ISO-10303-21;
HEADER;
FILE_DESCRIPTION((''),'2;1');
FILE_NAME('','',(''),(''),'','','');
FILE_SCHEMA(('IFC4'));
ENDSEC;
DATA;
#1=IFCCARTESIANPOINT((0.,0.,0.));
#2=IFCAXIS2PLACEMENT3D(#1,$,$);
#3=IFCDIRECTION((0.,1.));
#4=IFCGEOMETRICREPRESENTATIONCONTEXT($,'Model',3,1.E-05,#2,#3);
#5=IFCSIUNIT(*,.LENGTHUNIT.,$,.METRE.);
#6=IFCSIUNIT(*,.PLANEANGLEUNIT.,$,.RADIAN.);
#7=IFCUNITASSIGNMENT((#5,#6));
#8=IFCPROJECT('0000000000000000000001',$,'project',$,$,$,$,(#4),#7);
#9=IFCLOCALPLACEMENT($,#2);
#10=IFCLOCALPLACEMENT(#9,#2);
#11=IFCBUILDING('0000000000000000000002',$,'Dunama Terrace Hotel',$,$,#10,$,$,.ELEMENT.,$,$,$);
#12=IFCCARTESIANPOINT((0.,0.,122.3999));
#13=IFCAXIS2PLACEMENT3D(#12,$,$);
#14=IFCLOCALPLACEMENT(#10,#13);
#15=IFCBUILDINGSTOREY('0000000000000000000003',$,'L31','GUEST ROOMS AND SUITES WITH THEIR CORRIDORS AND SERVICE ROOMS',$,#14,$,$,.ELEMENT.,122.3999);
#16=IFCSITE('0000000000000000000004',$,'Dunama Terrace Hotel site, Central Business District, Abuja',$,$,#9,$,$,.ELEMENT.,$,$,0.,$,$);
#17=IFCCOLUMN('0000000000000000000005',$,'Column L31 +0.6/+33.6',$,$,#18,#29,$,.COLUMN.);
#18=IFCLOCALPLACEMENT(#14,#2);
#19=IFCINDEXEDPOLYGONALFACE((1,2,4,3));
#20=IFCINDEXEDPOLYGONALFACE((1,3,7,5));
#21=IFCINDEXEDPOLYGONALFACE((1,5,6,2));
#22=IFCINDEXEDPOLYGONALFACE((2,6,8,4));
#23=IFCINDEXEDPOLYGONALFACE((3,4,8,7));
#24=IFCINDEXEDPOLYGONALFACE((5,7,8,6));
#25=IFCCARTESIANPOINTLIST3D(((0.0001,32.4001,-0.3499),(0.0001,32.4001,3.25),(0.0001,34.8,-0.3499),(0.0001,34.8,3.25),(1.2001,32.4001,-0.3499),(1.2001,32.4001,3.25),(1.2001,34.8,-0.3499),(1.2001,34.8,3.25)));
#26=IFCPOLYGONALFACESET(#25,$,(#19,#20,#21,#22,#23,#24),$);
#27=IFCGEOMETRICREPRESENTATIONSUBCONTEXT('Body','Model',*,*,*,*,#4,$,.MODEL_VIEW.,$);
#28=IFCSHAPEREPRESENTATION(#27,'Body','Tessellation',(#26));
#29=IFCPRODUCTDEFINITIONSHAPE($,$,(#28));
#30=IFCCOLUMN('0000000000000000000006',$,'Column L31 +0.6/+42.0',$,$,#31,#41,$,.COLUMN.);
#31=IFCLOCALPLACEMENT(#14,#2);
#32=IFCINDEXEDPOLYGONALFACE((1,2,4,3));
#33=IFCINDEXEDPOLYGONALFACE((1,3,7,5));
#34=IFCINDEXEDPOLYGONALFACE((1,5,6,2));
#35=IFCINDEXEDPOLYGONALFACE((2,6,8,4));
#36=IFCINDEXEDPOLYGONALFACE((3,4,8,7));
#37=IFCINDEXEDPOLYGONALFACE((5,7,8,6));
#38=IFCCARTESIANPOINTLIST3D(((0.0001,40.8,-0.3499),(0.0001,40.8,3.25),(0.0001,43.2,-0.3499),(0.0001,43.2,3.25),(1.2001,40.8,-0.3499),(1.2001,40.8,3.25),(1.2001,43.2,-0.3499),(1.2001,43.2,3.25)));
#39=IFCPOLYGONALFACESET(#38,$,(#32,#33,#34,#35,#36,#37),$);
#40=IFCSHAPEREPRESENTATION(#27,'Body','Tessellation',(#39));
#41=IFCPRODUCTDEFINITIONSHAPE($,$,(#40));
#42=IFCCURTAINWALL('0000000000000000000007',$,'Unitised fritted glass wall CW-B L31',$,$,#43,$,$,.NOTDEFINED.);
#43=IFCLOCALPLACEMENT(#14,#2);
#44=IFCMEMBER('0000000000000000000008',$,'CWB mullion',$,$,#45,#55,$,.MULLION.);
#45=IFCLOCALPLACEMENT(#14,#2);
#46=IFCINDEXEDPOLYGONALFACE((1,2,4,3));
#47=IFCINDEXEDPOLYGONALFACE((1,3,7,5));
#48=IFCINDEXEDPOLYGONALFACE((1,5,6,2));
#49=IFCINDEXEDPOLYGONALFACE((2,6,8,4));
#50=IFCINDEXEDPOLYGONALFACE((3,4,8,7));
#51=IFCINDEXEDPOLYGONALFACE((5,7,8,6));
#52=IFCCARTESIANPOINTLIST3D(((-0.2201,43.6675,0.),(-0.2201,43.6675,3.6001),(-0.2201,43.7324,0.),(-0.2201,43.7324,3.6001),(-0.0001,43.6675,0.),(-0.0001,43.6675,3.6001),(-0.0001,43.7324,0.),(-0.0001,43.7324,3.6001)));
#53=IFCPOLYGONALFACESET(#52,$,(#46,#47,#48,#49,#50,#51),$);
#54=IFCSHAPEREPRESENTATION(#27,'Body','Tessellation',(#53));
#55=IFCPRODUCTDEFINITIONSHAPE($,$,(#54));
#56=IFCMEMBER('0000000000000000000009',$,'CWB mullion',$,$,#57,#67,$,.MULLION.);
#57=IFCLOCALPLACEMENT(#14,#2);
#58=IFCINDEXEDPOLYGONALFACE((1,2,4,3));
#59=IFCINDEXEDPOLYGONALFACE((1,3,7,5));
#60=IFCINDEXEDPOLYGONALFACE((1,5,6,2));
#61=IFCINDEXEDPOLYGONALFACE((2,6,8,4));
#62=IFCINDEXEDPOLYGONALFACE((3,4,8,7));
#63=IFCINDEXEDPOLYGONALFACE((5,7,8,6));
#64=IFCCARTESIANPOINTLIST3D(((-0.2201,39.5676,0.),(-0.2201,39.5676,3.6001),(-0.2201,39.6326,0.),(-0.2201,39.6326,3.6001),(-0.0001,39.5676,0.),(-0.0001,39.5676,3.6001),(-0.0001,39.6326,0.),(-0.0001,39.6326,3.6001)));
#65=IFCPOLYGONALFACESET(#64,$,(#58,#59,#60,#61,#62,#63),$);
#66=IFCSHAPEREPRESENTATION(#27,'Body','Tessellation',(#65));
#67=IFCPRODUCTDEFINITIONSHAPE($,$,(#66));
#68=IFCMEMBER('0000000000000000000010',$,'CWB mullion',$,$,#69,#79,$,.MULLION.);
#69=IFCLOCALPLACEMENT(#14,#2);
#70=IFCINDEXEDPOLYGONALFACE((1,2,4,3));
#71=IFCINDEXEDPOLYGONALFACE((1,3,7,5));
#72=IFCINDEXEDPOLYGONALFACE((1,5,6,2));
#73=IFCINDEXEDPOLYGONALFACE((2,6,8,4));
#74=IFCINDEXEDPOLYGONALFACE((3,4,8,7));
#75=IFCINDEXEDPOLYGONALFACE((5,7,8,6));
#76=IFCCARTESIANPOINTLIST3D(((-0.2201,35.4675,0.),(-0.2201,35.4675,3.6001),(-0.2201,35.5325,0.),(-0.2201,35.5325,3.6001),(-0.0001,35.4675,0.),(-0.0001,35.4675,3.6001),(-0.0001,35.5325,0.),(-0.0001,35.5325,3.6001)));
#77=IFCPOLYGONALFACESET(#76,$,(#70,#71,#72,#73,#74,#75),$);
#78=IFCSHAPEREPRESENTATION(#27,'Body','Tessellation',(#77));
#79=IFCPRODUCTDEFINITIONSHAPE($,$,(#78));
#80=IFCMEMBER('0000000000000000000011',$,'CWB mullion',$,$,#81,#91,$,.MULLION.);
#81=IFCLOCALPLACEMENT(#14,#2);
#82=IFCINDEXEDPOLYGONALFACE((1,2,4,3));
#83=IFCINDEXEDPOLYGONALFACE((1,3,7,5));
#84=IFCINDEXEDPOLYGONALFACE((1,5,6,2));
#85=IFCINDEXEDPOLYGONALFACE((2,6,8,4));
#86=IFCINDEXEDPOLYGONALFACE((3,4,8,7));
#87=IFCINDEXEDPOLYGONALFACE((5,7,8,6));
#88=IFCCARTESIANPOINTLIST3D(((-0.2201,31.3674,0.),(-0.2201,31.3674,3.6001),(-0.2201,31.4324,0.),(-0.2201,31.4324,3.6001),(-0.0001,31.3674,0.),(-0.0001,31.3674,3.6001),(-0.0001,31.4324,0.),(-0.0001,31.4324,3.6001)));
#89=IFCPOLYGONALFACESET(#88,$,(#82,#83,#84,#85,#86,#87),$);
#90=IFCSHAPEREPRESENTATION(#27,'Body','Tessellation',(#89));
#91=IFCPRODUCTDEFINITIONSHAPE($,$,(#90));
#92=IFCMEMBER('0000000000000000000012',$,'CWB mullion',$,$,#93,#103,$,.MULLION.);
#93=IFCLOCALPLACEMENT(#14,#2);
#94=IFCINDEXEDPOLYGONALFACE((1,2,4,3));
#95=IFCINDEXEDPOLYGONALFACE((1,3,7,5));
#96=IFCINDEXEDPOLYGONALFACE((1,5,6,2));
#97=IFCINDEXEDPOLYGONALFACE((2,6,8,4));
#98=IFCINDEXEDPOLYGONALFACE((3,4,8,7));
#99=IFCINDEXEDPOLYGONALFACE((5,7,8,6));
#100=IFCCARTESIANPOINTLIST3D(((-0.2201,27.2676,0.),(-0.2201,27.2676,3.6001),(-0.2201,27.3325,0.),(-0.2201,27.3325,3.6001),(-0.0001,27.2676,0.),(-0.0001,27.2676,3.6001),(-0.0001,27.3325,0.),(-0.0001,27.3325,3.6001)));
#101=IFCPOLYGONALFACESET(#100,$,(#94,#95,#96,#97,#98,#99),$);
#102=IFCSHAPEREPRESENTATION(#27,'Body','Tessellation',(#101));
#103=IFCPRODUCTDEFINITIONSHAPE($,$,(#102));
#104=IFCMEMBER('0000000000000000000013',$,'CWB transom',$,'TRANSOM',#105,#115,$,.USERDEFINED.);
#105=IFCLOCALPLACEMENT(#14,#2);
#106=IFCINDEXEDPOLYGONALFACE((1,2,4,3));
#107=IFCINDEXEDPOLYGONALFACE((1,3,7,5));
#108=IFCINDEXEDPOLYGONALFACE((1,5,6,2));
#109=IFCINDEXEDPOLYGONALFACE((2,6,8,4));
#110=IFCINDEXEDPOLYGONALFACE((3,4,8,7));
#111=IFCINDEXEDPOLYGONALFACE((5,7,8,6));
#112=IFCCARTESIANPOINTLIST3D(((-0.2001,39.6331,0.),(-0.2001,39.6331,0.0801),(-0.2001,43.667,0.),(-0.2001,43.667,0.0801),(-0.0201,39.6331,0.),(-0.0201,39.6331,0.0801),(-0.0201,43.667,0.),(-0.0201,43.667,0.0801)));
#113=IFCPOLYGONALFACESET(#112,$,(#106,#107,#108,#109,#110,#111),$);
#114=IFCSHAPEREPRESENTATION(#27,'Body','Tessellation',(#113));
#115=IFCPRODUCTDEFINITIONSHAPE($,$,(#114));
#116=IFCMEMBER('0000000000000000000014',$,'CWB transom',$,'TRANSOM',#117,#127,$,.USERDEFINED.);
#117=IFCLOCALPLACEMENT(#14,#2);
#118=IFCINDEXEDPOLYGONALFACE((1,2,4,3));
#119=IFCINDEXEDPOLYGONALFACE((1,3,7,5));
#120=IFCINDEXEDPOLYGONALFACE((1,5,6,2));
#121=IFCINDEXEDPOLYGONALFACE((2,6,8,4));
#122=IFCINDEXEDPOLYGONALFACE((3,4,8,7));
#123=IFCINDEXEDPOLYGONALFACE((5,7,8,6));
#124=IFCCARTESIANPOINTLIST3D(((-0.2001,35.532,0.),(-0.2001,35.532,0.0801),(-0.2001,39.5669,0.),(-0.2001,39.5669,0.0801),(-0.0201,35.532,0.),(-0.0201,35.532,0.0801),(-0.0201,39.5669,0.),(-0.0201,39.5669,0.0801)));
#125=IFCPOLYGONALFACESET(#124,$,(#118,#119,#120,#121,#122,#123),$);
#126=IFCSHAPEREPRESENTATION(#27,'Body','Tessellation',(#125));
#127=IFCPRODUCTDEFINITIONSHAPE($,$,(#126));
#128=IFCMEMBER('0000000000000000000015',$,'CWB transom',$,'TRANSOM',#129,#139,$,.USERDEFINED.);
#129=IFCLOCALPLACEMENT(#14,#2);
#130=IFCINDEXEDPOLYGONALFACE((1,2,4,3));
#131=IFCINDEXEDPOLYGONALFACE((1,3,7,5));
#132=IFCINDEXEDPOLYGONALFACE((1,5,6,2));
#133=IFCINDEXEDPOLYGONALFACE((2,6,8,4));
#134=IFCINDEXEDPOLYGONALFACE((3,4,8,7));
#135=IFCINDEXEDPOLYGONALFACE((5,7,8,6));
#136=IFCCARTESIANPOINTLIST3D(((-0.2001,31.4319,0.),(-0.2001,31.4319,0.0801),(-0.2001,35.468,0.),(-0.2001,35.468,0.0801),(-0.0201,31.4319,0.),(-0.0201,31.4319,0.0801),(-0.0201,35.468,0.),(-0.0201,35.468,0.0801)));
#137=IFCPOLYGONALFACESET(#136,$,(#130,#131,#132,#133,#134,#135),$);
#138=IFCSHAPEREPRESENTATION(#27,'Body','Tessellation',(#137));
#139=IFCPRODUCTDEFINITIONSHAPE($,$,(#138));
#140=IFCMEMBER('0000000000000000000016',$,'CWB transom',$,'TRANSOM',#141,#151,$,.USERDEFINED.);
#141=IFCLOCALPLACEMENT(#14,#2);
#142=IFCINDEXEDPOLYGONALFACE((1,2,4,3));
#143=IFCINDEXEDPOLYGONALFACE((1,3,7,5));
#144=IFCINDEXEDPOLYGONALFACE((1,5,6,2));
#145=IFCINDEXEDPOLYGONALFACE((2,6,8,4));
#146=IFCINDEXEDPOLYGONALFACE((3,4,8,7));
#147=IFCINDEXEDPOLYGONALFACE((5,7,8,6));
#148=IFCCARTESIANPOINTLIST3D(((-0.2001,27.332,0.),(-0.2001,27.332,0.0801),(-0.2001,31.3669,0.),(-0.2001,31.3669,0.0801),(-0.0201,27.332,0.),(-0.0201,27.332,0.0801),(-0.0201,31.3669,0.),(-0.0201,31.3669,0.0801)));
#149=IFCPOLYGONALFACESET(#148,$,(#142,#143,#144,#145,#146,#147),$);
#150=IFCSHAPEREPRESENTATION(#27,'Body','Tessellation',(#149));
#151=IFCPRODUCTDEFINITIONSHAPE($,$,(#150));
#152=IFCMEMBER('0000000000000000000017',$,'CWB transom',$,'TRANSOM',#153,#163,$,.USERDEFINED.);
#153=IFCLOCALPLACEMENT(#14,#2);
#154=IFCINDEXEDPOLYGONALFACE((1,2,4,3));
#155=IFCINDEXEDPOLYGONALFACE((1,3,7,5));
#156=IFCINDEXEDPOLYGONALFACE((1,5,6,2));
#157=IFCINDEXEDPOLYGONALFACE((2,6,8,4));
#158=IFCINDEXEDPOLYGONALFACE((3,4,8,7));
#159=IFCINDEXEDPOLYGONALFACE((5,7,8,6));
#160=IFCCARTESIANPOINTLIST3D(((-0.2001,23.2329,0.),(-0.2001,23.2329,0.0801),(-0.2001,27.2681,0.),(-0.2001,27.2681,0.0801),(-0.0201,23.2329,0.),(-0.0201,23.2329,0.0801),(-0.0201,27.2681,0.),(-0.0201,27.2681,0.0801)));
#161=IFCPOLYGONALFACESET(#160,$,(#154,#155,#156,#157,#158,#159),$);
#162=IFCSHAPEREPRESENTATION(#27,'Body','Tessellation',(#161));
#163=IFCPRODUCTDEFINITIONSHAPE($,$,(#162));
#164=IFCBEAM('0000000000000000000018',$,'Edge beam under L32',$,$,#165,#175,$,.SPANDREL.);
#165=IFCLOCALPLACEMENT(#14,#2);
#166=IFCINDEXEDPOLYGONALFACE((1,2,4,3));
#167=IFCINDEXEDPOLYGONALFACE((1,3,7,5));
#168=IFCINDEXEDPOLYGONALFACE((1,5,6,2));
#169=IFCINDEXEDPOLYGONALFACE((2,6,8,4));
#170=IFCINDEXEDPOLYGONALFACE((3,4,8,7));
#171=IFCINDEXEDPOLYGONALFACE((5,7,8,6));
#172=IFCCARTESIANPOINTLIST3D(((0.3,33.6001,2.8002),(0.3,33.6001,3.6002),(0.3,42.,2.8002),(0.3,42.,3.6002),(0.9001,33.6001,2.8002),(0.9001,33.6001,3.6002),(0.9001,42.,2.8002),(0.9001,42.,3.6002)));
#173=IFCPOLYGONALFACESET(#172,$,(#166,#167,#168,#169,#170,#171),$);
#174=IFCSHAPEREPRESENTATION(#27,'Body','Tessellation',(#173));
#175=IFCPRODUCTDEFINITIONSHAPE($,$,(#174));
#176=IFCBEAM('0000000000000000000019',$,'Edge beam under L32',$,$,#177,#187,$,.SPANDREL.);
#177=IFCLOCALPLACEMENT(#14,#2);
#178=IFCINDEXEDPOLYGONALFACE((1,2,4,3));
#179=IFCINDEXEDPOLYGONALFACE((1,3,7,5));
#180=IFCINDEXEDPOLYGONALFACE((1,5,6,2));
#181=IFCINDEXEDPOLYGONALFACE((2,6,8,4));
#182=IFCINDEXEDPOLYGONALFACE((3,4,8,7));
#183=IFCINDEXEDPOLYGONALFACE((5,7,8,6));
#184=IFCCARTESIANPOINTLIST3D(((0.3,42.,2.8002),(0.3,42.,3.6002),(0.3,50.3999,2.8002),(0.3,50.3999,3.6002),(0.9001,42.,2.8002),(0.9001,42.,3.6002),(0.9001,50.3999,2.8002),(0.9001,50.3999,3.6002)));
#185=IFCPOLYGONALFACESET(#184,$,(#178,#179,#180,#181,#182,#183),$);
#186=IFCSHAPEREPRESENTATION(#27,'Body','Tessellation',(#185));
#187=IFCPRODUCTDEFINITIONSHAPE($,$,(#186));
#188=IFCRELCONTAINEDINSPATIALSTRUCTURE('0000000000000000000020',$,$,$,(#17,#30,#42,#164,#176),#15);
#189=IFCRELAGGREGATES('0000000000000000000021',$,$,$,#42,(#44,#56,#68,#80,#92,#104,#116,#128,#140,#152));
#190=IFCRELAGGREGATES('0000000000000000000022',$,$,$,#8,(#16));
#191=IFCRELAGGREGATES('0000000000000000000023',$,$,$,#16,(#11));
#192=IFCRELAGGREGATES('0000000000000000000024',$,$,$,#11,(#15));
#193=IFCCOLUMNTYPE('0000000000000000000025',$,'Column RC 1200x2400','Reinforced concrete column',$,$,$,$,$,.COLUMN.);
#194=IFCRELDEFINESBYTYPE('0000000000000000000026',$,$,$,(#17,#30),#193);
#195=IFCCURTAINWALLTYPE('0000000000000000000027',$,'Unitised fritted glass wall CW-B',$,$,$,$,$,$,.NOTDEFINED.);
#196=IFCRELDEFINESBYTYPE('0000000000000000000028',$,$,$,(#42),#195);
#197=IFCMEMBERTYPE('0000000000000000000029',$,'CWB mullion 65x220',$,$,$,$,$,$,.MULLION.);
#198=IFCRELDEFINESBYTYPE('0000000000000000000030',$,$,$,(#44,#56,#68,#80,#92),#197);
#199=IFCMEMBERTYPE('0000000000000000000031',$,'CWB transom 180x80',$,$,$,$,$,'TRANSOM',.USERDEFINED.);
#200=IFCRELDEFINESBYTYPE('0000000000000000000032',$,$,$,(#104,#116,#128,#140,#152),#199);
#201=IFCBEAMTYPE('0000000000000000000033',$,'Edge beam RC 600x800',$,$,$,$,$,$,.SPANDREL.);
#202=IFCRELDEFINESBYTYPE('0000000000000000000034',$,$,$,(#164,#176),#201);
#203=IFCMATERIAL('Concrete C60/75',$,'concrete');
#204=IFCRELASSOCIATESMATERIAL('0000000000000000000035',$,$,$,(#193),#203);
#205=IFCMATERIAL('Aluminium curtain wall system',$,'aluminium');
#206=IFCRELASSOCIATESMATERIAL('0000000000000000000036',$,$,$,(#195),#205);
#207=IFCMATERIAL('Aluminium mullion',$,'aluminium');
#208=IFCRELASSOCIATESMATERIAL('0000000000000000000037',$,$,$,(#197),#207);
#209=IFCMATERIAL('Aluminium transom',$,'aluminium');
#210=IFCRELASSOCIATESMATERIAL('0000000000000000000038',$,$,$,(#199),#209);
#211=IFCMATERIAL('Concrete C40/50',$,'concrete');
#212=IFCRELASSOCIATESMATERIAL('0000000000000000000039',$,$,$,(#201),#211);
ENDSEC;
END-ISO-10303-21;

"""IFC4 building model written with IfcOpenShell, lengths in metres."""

from ifc_helpers import new_model, si_unit, direction, frame, origin, origin_2d, place, context, subcontext, project, spatial, rectangle, extrude, material, material_profile, profile_set, type_object, element, aggregate, save


model = new_model("IFC4")

# Units and contexts
model_context = context("Model", 3, precision=1e-05, world=origin(), true_north=direction((0.0, 1.0)))
body_context = subcontext(model_context, "Body", "Model", "MODEL_VIEW")
ifc_project = project(units=[si_unit("LENGTHUNIT", "METRE"), si_unit("PLANEANGLEUNIT", "RADIAN")], contexts=[model_context])

# Site, building, storey
site_placement = place(None, origin())
site = spatial("IfcSite", under=ifc_project, at=site_placement, Name="Dunama Terrace Hotel site, Central Business District, Abuja", CompositionType="ELEMENT", RefElevation=0.0)
building_placement = place(site_placement, origin())
building = spatial("IfcBuilding", under=site, at=building_placement, Name="Dunama Terrace Hotel", CompositionType="ELEMENT")
storey_placement = place(building_placement, frame((0.0, 0.0, 122.3999)))
storey = spatial("IfcBuildingStorey", under=building, at=storey_placement, Name="L31", Description="GUEST ROOMS AND SUITES WITH THEIR CORRIDORS AND SERVICE ROOMS", CompositionType="ELEMENT", Elevation=122.3999)

# Columns
ifc_material_1 = material(Name="Concrete C60/75", Category="concrete")
ifc_material_profile_1 = material_profile(ifc_material_1, rectangle(XDim=1.2, YDim=2.3999, at=origin_2d()), Name="RC 1200x2400")
ifc_profile_set_1 = profile_set([ifc_material_profile_1], Name="Concrete C60/75")
column_type = type_object("IfcColumnType", Name="Column RC 1200x2400", Description="Reinforced concrete column", PredefinedType="COLUMN", material=ifc_profile_set_1)
for number, where, z_axis, x_axis, name in (
    (1, (0.6001, 33.6001, -0.3499), (0.0, 0.0, 1.0), (1.0, 0.0, 0.0), "Column L31 +0.6/+33.6"),
    (2, (0.6001, 42.0, -0.3499), (0.0, 0.0, 1.0), (1.0, 0.0, 0.0), "Column L31 +0.6/+42.0"),
):
    element("IfcColumn", number, at=place(storey_placement, frame(where, z_axis=z_axis, x_axis=x_axis)), inside=storey, type_object=column_type, Name=name, PredefinedType="COLUMN", context=body_context, shape_type="SweptSolid", body=[
        extrude(rectangle(XDim=1.2, YDim=2.3999, at=origin_2d()), origin(), (0.0, 0.0, 1.0), 3.5999),
    ])

# Curtain wall, members
ifc_material_2 = material(Name="Aluminium curtain wall system", Category="aluminium")
curtain_wall_type = type_object("IfcCurtainWallType", Name="Unitised fritted glass wall CW-B", PredefinedType="NOTDEFINED", material=ifc_material_2)
curtain_wall_placement = place(storey_placement, origin())
curtain_wall = element("IfcCurtainWall", 3, at=curtain_wall_placement, inside=storey, type_object=curtain_wall_type, Name="Unitised fritted glass wall CW-B L31", PredefinedType="NOTDEFINED")
ifc_material_3 = material(Name="Aluminium mullion", Category="aluminium")
ifc_material_profile_2 = material_profile(ifc_material_3, rectangle(XDim=0.0649, YDim=0.22, at=origin_2d()), Name="CWB MULLION 65X220")
ifc_profile_set_2 = profile_set([ifc_material_profile_2], Name="Aluminium mullion")
member_type_1 = type_object("IfcMemberType", Name="CWB mullion 65x220", PredefinedType="MULLION", material=ifc_profile_set_2)
member_1_placement = place(storey_placement, frame((-0.1101, 43.7, 0.0), z_axis=(0.0, 0.0, 1.0), x_axis=(0.0, -1.0, 0.0)))
member_1 = element("IfcMember", 4, at=member_1_placement, type_object=member_type_1, Name="CWB mullion", PredefinedType="MULLION", context=body_context, shape_type="SweptSolid", body=[
    extrude(rectangle(XDim=0.0649, YDim=0.22, at=origin_2d()), origin(), (0.0, 0.0, 1.0), 3.6001),
])
member_2_placement = place(storey_placement, frame((-0.1101, 39.6001, 0.0), z_axis=(0.0, 0.0, 1.0), x_axis=(0.0, -1.0, 0.0)))
member_2 = element("IfcMember", 5, at=member_2_placement, type_object=member_type_1, Name="CWB mullion", PredefinedType="MULLION", context=body_context, shape_type="SweptSolid", body=[
    extrude(rectangle(XDim=0.0649, YDim=0.22, at=origin_2d()), origin(), (0.0, 0.0, 1.0), 3.6001),
])
member_3_placement = place(storey_placement, frame((-0.1101, 35.5, 0.0), z_axis=(0.0, 0.0, 1.0), x_axis=(0.0, -1.0, 0.0)))
member_3 = element("IfcMember", 6, at=member_3_placement, type_object=member_type_1, Name="CWB mullion", PredefinedType="MULLION", context=body_context, shape_type="SweptSolid", body=[
    extrude(rectangle(XDim=0.0649, YDim=0.22, at=origin_2d()), origin(), (0.0, 0.0, 1.0), 3.6001),
])
member_4_placement = place(storey_placement, frame((-0.1101, 31.3999, 0.0), z_axis=(0.0, 0.0, 1.0), x_axis=(0.0, -1.0, 0.0)))
member_4 = element("IfcMember", 7, at=member_4_placement, type_object=member_type_1, Name="CWB mullion", PredefinedType="MULLION", context=body_context, shape_type="SweptSolid", body=[
    extrude(rectangle(XDim=0.0649, YDim=0.22, at=origin_2d()), origin(), (0.0, 0.0, 1.0), 3.6001),
])
member_5_placement = place(storey_placement, frame((-0.1101, 27.3, 0.0), z_axis=(0.0, 0.0, 1.0), x_axis=(0.0, -1.0, 0.0)))
member_5 = element("IfcMember", 8, at=member_5_placement, type_object=member_type_1, Name="CWB mullion", PredefinedType="MULLION", context=body_context, shape_type="SweptSolid", body=[
    extrude(rectangle(XDim=0.0649, YDim=0.22, at=origin_2d()), origin(), (0.0, 0.0, 1.0), 3.6001),
])
ifc_material_4 = material(Name="Aluminium transom", Category="aluminium")
ifc_material_profile_3 = material_profile(ifc_material_4, rectangle(XDim=0.1799, YDim=0.0801, at=origin_2d()), Name="CWB TRANSOM 180X80")
ifc_profile_set_3 = profile_set([ifc_material_profile_3], Name="Aluminium transom")
member_type_2 = type_object("IfcMemberType", Name="CWB transom 180x80", ElementType="TRANSOM", PredefinedType="USERDEFINED", material=ifc_profile_set_3)
member_6_placement = place(storey_placement, frame((-0.1101, 43.667, 0.04), z_axis=(0.0, -1.0, 0.0), x_axis=(1.0, 0.0, 0.0)))
member_6 = element("IfcMember", 9, at=member_6_placement, type_object=member_type_2, Name="CWB transom", ObjectType="TRANSOM", PredefinedType="USERDEFINED", context=body_context, shape_type="SweptSolid", body=[
    extrude(rectangle(XDim=0.1799, YDim=0.0801, at=origin_2d()), origin(), (0.0, 0.0, 1.0), 4.0339),
])
member_7_placement = place(storey_placement, frame((-0.1101, 39.5669, 0.04), z_axis=(0.0, -1.0, 0.0), x_axis=(1.0, 0.0, 0.0)))
member_7 = element("IfcMember", 10, at=member_7_placement, type_object=member_type_2, Name="CWB transom", ObjectType="TRANSOM", PredefinedType="USERDEFINED", context=body_context, shape_type="SweptSolid", body=[
    extrude(rectangle(XDim=0.1799, YDim=0.0801, at=origin_2d()), origin(), (0.0, 0.0, 1.0), 4.0349),
])
member_8_placement = place(storey_placement, frame((-0.1101, 35.468, 0.04), z_axis=(0.0, -1.0, 0.0), x_axis=(1.0, 0.0, 0.0)))
member_8 = element("IfcMember", 11, at=member_8_placement, type_object=member_type_2, Name="CWB transom", ObjectType="TRANSOM", PredefinedType="USERDEFINED", context=body_context, shape_type="SweptSolid", body=[
    extrude(rectangle(XDim=0.1799, YDim=0.0801, at=origin_2d()), origin(), (0.0, 0.0, 1.0), 4.0361),
])
member_9_placement = place(storey_placement, frame((-0.1101, 31.3669, 0.04), z_axis=(0.0, -1.0, 0.0), x_axis=(1.0, 0.0, 0.0)))
member_9 = element("IfcMember", 12, at=member_9_placement, type_object=member_type_2, Name="CWB transom", ObjectType="TRANSOM", PredefinedType="USERDEFINED", context=body_context, shape_type="SweptSolid", body=[
    extrude(rectangle(XDim=0.1799, YDim=0.0801, at=origin_2d()), origin(), (0.0, 0.0, 1.0), 4.0349),
])
member_10_placement = place(storey_placement, frame((-0.1101, 27.2681, 0.04), z_axis=(0.0, -1.0, 0.0), x_axis=(1.0, 0.0, 0.0)))
member_10 = element("IfcMember", 13, at=member_10_placement, type_object=member_type_2, Name="CWB transom", ObjectType="TRANSOM", PredefinedType="USERDEFINED", context=body_context, shape_type="SweptSolid", body=[
    extrude(rectangle(XDim=0.1799, YDim=0.0801, at=origin_2d()), origin(), (0.0, 0.0, 1.0), 4.0352),
])

# Beams
ifc_material_5 = material(Name="Concrete C40/50", Category="concrete")
ifc_material_profile_4 = material_profile(ifc_material_5, rectangle(XDim=0.6001, YDim=0.8, at=origin_2d()), Name="RC 600x800")
ifc_profile_set_4 = profile_set([ifc_material_profile_4], Name="Concrete C40/50")
beam_type = type_object("IfcBeamType", Name="Edge beam RC 600x800", PredefinedType="SPANDREL", material=ifc_profile_set_4)
for number, where, z_axis, x_axis, name in (
    (14, (0.6001, 33.6001, 3.2002), (0.0, 1.0, 0.0), (-1.0, 0.0, 0.0), "Edge beam under L32"),
    (15, (0.6001, 42.0, 3.2002), (0.0, 1.0, 0.0), (-1.0, 0.0, 0.0), "Edge beam under L32"),
):
    element("IfcBeam", number, at=place(storey_placement, frame(where, z_axis=z_axis, x_axis=x_axis)), inside=storey, type_object=beam_type, Name=name, PredefinedType="SPANDREL", context=body_context, shape_type="SweptSolid", body=[
        extrude(rectangle(XDim=0.6001, YDim=0.8, at=origin_2d()), origin(), (0.0, 0.0, 1.0), 8.3999),
    ])

aggregate(curtain_wall, [member_1, member_2, member_3, member_4, member_5, member_6, member_7, member_8, member_9, member_10])

save(model, "model.ifc")
